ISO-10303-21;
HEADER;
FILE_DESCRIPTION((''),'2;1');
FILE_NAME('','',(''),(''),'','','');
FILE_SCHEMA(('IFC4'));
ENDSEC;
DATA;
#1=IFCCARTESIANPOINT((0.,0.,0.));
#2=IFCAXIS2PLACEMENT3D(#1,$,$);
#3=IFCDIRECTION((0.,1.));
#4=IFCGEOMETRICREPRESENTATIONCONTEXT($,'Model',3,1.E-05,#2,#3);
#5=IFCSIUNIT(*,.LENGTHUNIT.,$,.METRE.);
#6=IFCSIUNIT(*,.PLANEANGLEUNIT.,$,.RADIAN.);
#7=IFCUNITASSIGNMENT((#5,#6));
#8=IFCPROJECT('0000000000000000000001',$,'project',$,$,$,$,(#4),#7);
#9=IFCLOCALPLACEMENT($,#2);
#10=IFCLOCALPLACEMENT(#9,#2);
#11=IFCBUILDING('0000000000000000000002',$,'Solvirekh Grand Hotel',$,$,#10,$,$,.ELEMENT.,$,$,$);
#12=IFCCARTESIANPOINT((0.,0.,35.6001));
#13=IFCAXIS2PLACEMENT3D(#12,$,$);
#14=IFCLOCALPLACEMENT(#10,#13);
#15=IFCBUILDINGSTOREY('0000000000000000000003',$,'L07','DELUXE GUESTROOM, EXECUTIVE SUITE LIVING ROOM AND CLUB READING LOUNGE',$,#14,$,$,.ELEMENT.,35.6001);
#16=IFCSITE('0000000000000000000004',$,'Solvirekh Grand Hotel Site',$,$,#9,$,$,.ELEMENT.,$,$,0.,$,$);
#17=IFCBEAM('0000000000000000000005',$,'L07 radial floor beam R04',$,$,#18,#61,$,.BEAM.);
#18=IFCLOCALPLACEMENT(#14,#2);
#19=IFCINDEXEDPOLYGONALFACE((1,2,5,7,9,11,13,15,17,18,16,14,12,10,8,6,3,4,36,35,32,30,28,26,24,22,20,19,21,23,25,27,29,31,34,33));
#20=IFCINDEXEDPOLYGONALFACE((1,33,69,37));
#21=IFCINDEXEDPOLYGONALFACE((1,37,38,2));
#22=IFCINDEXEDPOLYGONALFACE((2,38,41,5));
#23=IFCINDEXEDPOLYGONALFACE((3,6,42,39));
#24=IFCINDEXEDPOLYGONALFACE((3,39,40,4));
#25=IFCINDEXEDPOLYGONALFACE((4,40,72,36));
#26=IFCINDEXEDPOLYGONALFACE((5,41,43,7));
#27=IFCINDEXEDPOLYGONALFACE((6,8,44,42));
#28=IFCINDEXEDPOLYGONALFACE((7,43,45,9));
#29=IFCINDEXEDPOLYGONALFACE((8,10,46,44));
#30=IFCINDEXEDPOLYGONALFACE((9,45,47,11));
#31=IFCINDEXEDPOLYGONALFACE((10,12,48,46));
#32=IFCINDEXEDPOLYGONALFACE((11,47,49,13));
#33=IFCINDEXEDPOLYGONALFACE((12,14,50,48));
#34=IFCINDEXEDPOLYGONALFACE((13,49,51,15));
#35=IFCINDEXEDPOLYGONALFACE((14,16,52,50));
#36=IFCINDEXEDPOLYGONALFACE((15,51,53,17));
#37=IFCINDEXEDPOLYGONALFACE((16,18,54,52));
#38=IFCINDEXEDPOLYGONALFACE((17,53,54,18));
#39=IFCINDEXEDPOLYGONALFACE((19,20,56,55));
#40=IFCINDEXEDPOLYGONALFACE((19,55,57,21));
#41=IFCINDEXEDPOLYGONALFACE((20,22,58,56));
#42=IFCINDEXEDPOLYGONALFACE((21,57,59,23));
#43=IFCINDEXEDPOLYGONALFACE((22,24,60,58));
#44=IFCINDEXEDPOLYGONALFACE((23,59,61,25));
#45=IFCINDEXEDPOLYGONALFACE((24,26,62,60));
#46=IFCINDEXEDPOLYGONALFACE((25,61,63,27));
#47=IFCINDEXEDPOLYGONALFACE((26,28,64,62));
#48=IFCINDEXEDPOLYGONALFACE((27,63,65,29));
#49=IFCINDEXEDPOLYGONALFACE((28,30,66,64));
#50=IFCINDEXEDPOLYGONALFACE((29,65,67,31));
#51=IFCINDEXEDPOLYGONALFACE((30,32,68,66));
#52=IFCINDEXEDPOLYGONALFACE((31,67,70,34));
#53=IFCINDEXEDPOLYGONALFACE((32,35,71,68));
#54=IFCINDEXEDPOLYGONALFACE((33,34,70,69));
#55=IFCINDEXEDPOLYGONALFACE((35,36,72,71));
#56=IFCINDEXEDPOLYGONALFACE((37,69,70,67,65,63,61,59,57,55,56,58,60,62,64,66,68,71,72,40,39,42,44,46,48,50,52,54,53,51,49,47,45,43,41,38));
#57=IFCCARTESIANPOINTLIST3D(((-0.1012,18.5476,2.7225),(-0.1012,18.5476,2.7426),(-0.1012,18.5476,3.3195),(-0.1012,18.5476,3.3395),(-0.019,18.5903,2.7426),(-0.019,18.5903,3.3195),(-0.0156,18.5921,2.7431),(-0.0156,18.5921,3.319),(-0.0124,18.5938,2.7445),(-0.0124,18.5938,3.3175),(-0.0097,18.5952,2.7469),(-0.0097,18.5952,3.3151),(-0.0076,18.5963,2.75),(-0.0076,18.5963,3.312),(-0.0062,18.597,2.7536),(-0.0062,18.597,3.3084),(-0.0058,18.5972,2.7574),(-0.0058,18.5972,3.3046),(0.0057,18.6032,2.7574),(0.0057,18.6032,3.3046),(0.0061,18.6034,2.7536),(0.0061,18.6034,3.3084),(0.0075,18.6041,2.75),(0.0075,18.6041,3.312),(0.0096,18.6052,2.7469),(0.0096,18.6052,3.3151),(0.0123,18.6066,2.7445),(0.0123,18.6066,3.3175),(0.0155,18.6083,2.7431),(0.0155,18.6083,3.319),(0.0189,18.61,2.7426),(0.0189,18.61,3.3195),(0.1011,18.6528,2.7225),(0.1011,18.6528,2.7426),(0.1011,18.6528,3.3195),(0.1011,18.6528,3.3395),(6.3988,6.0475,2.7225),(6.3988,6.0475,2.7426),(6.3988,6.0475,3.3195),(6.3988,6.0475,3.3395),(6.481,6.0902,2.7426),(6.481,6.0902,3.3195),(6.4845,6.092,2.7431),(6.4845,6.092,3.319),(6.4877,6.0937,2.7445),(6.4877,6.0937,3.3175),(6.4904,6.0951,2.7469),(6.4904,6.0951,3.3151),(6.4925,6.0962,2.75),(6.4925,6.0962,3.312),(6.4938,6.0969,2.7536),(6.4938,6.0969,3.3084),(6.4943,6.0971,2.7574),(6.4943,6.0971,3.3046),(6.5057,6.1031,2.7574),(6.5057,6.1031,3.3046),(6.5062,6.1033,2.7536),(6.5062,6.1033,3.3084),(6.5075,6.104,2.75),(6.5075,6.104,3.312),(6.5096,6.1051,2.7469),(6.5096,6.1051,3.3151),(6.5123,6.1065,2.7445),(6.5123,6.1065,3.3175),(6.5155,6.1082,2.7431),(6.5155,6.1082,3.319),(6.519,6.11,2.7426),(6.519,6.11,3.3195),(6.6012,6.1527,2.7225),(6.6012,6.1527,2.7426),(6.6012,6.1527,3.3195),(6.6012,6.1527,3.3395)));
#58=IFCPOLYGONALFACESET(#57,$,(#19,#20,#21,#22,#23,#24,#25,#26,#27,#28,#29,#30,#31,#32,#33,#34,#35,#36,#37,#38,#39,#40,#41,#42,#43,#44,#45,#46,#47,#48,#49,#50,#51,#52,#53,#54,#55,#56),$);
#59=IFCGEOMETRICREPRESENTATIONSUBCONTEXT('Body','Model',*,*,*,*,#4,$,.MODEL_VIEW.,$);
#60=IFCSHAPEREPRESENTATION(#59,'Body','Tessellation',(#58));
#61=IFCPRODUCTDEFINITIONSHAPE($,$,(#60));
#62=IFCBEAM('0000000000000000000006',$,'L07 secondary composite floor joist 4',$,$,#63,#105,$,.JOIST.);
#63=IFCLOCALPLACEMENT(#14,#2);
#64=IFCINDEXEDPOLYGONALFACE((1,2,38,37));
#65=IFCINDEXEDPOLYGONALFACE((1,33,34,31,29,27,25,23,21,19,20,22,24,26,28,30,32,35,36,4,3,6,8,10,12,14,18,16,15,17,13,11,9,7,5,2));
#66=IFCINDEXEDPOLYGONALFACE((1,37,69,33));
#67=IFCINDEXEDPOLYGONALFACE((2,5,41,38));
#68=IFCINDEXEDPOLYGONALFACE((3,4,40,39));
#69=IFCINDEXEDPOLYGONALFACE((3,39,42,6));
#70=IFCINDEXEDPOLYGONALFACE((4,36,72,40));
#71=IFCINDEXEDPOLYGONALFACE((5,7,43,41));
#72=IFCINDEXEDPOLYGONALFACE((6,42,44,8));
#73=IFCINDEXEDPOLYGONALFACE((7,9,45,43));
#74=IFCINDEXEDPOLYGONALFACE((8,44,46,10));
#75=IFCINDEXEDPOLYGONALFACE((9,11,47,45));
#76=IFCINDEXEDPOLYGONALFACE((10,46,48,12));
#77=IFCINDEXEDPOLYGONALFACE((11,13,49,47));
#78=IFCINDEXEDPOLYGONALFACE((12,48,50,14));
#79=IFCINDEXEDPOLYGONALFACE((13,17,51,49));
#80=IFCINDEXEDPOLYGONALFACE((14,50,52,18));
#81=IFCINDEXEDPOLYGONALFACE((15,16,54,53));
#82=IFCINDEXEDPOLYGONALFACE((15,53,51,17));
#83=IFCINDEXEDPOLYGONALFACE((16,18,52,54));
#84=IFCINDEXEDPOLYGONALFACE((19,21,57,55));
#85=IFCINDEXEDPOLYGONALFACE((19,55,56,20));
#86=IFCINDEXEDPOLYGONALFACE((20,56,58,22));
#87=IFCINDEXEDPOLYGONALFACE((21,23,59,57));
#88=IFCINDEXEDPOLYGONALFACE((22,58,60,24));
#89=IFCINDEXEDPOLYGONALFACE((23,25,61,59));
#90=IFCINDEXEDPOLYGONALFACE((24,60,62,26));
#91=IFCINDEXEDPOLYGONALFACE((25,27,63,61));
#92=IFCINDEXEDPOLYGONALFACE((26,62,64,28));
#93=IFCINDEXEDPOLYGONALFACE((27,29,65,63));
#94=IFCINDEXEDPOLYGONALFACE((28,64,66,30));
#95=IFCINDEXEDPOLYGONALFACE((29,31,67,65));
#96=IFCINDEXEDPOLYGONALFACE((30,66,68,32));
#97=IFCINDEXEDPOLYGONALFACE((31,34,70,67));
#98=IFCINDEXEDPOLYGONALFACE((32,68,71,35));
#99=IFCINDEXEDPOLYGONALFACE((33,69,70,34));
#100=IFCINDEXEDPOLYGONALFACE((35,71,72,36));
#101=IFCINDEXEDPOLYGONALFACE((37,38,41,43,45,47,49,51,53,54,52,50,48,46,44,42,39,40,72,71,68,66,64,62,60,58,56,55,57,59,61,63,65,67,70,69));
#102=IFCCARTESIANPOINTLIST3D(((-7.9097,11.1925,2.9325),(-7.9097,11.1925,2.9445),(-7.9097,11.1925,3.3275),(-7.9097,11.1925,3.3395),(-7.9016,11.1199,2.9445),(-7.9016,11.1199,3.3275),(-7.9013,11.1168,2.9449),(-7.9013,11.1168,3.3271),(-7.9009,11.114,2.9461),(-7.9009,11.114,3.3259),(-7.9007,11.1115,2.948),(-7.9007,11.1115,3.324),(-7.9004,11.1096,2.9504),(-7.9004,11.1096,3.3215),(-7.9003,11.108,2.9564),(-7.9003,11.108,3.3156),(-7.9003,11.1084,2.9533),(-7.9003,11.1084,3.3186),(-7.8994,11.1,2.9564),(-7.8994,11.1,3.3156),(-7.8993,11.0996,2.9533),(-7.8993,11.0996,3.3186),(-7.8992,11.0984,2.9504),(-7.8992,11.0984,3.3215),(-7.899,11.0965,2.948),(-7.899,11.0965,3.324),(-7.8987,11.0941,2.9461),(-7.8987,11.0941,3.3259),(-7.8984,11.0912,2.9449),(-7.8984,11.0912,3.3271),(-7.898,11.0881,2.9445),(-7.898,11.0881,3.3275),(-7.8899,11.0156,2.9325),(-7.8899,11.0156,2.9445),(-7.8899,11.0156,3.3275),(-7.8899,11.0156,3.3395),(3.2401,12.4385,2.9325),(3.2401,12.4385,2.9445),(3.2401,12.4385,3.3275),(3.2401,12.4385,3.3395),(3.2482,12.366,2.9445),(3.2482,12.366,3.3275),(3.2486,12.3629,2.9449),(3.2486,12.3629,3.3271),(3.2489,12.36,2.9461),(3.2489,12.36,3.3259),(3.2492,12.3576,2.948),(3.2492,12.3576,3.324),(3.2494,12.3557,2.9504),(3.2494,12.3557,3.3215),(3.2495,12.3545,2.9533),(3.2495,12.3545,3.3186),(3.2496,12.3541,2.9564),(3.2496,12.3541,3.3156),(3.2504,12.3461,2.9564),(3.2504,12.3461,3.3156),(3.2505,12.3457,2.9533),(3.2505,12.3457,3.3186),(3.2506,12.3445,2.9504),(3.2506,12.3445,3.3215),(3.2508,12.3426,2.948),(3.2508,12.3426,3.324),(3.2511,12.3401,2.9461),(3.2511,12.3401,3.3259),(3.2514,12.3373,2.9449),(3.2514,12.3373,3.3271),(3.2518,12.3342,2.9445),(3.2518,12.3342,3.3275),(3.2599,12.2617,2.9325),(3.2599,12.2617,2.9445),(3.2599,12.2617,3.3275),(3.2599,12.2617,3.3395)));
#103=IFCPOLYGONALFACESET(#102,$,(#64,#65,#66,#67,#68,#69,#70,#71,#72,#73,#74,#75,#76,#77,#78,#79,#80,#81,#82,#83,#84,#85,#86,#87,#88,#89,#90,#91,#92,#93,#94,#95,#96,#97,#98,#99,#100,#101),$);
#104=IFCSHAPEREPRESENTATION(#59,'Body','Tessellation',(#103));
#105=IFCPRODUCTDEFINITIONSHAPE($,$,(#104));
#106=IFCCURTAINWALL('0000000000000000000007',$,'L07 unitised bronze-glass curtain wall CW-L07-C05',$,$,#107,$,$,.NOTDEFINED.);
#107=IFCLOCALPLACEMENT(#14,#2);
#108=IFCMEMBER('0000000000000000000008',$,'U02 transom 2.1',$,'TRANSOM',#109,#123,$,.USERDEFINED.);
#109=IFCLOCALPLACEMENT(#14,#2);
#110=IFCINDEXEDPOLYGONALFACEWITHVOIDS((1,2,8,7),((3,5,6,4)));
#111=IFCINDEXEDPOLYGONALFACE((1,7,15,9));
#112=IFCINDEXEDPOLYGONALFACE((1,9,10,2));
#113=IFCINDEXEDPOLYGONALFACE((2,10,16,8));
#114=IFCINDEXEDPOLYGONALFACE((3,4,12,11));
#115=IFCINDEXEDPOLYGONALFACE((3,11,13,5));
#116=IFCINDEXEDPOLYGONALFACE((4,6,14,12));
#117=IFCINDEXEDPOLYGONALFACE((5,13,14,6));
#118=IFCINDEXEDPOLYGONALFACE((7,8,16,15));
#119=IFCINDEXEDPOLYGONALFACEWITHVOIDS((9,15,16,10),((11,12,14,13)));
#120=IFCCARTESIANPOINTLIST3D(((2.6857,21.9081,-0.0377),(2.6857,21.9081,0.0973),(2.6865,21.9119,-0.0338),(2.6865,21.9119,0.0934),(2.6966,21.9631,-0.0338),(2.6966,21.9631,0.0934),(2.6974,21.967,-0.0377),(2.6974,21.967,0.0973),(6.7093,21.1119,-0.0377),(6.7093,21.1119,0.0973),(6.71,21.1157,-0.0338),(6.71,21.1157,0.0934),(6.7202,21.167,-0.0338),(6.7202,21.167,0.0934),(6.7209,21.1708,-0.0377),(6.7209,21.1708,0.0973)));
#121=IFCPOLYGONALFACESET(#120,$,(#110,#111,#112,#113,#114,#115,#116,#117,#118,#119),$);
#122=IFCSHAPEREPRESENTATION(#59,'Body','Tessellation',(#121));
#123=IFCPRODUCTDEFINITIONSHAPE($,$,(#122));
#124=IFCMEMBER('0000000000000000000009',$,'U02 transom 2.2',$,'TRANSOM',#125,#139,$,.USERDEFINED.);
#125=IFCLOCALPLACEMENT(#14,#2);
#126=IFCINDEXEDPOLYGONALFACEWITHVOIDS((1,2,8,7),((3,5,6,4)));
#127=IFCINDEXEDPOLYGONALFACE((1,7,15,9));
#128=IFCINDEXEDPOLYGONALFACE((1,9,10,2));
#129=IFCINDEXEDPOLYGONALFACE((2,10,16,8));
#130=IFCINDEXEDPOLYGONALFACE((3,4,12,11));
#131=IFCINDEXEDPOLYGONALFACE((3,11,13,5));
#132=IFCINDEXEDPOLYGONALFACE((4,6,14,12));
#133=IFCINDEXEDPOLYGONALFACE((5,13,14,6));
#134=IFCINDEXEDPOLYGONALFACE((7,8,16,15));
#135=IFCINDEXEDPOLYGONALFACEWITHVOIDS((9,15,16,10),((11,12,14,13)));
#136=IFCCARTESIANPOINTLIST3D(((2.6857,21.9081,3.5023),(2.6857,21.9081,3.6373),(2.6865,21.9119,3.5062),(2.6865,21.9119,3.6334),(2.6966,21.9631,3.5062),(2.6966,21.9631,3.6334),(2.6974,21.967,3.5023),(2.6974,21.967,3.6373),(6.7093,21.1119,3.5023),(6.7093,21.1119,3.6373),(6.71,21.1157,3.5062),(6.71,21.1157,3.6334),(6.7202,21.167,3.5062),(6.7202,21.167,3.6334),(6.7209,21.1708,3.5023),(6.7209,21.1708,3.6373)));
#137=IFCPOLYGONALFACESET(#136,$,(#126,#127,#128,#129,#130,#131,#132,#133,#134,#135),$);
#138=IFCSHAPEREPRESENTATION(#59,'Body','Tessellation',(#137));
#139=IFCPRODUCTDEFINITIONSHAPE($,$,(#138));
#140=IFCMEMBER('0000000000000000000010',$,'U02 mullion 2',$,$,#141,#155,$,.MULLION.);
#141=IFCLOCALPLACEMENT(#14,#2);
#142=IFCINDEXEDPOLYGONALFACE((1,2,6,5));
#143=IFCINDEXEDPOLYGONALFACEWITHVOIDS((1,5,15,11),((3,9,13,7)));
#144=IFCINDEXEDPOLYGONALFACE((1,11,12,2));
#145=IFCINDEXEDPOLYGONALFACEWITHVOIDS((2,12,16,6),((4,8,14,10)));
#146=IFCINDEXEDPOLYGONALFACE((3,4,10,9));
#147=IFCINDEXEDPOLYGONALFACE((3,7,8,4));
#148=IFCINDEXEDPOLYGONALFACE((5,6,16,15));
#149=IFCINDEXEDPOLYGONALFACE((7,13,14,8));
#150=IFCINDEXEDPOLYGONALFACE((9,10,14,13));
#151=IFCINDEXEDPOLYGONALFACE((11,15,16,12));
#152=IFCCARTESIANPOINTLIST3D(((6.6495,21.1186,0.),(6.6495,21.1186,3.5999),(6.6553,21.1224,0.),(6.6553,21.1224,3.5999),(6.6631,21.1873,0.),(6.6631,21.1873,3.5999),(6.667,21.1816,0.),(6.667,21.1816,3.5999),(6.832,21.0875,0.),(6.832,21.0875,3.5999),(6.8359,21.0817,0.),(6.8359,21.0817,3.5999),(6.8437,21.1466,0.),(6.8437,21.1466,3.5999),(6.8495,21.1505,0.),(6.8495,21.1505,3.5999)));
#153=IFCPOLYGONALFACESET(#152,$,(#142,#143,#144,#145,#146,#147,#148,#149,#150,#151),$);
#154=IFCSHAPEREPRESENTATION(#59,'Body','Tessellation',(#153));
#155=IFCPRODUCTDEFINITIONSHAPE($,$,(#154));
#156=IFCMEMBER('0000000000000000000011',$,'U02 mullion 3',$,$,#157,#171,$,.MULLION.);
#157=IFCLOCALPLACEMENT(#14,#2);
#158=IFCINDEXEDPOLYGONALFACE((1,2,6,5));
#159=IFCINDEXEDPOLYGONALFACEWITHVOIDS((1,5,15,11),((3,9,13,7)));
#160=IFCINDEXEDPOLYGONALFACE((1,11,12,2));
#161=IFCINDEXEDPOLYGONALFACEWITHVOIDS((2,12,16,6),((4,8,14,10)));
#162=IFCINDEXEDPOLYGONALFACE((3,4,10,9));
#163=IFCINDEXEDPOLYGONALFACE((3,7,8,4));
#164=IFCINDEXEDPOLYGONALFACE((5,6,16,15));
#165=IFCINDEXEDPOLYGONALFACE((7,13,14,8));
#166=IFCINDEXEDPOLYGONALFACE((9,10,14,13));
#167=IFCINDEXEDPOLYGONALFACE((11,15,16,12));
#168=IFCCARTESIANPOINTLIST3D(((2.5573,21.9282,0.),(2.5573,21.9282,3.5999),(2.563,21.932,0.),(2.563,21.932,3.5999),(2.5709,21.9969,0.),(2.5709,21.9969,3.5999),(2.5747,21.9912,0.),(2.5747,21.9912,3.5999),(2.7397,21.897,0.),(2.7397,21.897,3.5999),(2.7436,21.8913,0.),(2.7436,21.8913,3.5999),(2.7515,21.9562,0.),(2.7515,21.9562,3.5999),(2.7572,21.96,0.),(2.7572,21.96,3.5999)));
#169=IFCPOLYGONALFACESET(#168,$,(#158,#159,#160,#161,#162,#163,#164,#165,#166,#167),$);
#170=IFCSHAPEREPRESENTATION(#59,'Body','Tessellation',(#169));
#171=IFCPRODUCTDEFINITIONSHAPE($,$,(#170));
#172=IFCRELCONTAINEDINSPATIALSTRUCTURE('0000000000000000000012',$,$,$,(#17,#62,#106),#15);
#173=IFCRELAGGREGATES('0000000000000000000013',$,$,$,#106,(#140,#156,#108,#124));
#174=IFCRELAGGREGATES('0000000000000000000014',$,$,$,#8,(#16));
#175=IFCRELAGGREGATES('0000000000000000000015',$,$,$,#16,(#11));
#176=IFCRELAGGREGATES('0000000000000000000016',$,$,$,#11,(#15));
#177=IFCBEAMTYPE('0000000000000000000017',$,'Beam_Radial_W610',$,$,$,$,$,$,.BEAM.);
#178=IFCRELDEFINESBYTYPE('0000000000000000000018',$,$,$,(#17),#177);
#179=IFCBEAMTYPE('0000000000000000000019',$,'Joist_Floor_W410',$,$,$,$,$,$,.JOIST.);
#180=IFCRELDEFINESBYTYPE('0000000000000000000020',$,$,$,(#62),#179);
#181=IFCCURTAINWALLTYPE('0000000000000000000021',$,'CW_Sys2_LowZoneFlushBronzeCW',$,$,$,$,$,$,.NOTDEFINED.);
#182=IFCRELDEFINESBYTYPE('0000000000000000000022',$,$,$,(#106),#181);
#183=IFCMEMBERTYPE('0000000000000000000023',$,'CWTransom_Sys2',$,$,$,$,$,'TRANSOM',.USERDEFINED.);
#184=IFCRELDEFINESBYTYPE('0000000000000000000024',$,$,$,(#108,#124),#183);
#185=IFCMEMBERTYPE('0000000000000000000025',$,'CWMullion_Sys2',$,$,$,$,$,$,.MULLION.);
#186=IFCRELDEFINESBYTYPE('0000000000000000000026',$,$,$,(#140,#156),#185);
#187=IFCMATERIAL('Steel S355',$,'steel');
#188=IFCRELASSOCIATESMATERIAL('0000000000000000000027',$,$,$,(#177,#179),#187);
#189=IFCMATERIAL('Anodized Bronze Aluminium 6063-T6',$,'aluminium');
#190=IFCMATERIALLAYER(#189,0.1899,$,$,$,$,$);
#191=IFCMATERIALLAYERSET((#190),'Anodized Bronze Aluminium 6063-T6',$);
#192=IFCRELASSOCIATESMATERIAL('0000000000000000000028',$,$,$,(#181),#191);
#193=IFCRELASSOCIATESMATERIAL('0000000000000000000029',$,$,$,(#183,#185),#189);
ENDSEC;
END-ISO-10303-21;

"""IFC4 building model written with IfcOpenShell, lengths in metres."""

from ifc_helpers import new_model, si_unit, direction, frame, origin, origin_2d, place, context, subcontext, project, spatial, hollow_rectangle, i_section, extrude, source, transform, mapped, material, layer, layer_set, material_profile, profile_set, type_object, element, aggregate, save


model = new_model("IFC4")

# Units and contexts
model_context = context("Model", 3, precision=1e-05, world=origin(), true_north=direction((0.0, 1.0)))
body_context = subcontext(model_context, "Body", "Model", "MODEL_VIEW")
ifc_project = project(units=[si_unit("LENGTHUNIT", "METRE"), si_unit("PLANEANGLEUNIT", "RADIAN")], contexts=[model_context])

# Site, building, storey
site_placement = place(None, origin())
site = spatial("IfcSite", under=ifc_project, at=site_placement, Name="Solvirekh Grand Hotel Site", CompositionType="ELEMENT", RefElevation=0.0)
building_placement = place(site_placement, origin())
building = spatial("IfcBuilding", under=site, at=building_placement, Name="Solvirekh Grand Hotel", CompositionType="ELEMENT")
storey_placement = place(building_placement, frame((0.0, 0.0, 35.6001)))
storey = spatial("IfcBuildingStorey", under=building, at=storey_placement, Name="L07", Description="DELUXE GUESTROOM, EXECUTIVE SUITE LIVING ROOM AND CLUB READING LOUNGE", CompositionType="ELEMENT", Elevation=35.6001)

# Beams
ifc_material_1 = material(Name="Steel S355", Category="steel")
ifc_material_profile_1 = material_profile(ifc_material_1, i_section(OverallWidth=0.228, OverallDepth=0.6169, WebThickness=0.0129, FlangeThickness=0.02, FilletRadius=0.0149, at=origin_2d()), Name="W610X140")
ifc_profile_set_1 = profile_set([ifc_material_profile_1], Name="Steel S355")
beam_type_1 = type_object("IfcBeamType", Name="Beam_Radial_W610", PredefinedType="BEAM", material=ifc_profile_set_1)
beam_1_placement = place(storey_placement, frame((6.5, 6.1001, 3.031), z_axis=(-0.461353, 0.887217, 0.0), x_axis=(-0.887217, -0.461353, 0.0)))
element("IfcBeam", 1, at=beam_1_placement, inside=storey, type_object=beam_type_1, Name="L07 radial floor beam R04", PredefinedType="BEAM", context=body_context, shape_type="SweptSolid", body=[
    extrude(i_section(OverallWidth=0.228, OverallDepth=0.6169, WebThickness=0.0129, FlangeThickness=0.02, FilletRadius=0.0149, at=origin_2d()), origin(), (0.0, 0.0, 1.0), 14.0891),
])
ifc_material_profile_2 = material_profile(ifc_material_1, i_section(OverallWidth=0.178, OverallDepth=0.407, WebThickness=0.0081, FlangeThickness=0.012, FilletRadius=0.012, at=origin_2d()), Name="W410X60")
ifc_profile_set_2 = profile_set([ifc_material_profile_2], Name="Steel S355")
beam_type_2 = type_object("IfcBeamType", Name="Joist_Floor_W410", PredefinedType="JOIST", material=ifc_profile_set_2)
beam_2_placement = place(storey_placement, frame((3.25, 12.3501, 3.136), z_axis=(-0.993813, -0.111067, 0.0), x_axis=(0.111067, -0.993813, 0.0)))
element("IfcBeam", 2, at=beam_2_placement, inside=storey, type_object=beam_type_2, Name="L07 secondary composite floor joist 4", PredefinedType="JOIST", context=body_context, shape_type="SweptSolid", body=[
    extrude(i_section(OverallWidth=0.178, OverallDepth=0.407, WebThickness=0.0081, FlangeThickness=0.012, FilletRadius=0.012, at=origin_2d()), origin(), (0.0, 0.0, 1.0), 11.2192),
])

# Curtain wall, members
ifc_material_2 = material(Name="Anodized Bronze Aluminium 6063-T6", Category="aluminium")
ifc_layer_1 = layer(ifc_material_2, 0.1899)
ifc_layer_set_1 = layer_set([ifc_layer_1], Name="Anodized Bronze Aluminium 6063-T6")
curtain_wall_type = type_object("IfcCurtainWallType", Name="CW_Sys2_LowZoneFlushBronzeCW", PredefinedType="NOTDEFINED", material=ifc_layer_set_1)
curtain_wall_placement = place(storey_placement, origin())
curtain_wall = element("IfcCurtainWall", 3, at=curtain_wall_placement, inside=storey, type_object=curtain_wall_type, Name="L07 unitised bronze-glass curtain wall CW-L07-C05", PredefinedType="NOTDEFINED")
ifc_material_profile_3 = material_profile(ifc_material_2, hollow_rectangle(XDim=0.0601, YDim=0.135, WallThickness=0.0039, at=origin_2d()), Name="ALU RHS 135X60X4")
ifc_profile_set_3 = profile_set([ifc_material_profile_3], Name="Anodized Bronze Aluminium 6063-T6")
member_type_1 = type_object("IfcMemberType", Name="CWTransom_Sys2", ElementType="TRANSOM", PredefinedType="USERDEFINED", material=ifc_profile_set_3)
shared_shape_1 = source(origin(), body_context, "Body", "SweptSolid", [
    extrude(hollow_rectangle(XDim=0.0601, YDim=0.135, WallThickness=0.0039, at=origin_2d()), origin(), (0.0, 0.0, 1.0), 4.1016),
])
member_1_placement = place(storey_placement, frame((6.7151, 21.1414, 0.0298), z_axis=(-0.980979, 0.194112, 0.0), x_axis=(-0.194112, -0.980979, 0.0)))
member_1 = element("IfcMember", 4, at=member_1_placement, type_object=member_type_1, Name="U02 transom 2.1", ObjectType="TRANSOM", PredefinedType="USERDEFINED", context=body_context, shape_type="MappedRepresentation", body=[
    mapped(shared_shape_1, transform((0.0, 0.0, 0.0), x_axis=(1.0, 0.0, 0.0), y_axis=(0.0, 1.0, 0.0), z_axis=(0.0, 0.0, 1.0), scale=1.0)),
])
member_2_placement = place(storey_placement, frame((6.7151, 21.1414, 3.5698), z_axis=(-0.980979, 0.194112, 0.0), x_axis=(-0.194112, -0.980979, 0.0)))
member_2 = element("IfcMember", 5, at=member_2_placement, type_object=member_type_1, Name="U02 transom 2.2", ObjectType="TRANSOM", PredefinedType="USERDEFINED", context=body_context, shape_type="MappedRepresentation", body=[
    mapped(shared_shape_1, transform((0.0, 0.0, 0.0), x_axis=(1.0, 0.0, 0.0), y_axis=(0.0, 1.0, 0.0), z_axis=(0.0, 0.0, 1.0), scale=1.0)),
])
ifc_material_profile_4 = material_profile(ifc_material_2, hollow_rectangle(XDim=0.0701, YDim=0.1899, WallThickness=0.0049, at=origin_2d()), Name="ALU RHS 190X70X5")
ifc_profile_set_4 = profile_set([ifc_material_profile_4], Name="Anodized Bronze Aluminium 6063-T6")
member_type_2 = type_object("IfcMemberType", Name="CWMullion_Sys2", PredefinedType="MULLION", material=ifc_profile_set_4)
shared_shape_2 = source(origin(), body_context, "Body", "SweptSolid", [
    extrude(hollow_rectangle(XDim=0.0701, YDim=0.1899, WallThickness=0.0049, at=origin_2d()), origin(), (0.0, 0.0, 1.0), 3.5999),
])
member_3_placement = place(storey_placement, frame((6.7495, 21.1345, 0.0), z_axis=(0.0, 0.0, 1.0), x_axis=(-0.194104, -0.980981, 0.0)))
member_3 = element("IfcMember", 6, at=member_3_placement, type_object=member_type_2, Name="U02 mullion 2", PredefinedType="MULLION", context=body_context, shape_type="MappedRepresentation", body=[
    mapped(shared_shape_2, transform((0.0, 0.0, 0.0), x_axis=(1.0, 0.0, 0.0), y_axis=(0.0, 1.0, 0.0), z_axis=(0.0, 0.0, 1.0), scale=1.0)),
])
member_4_placement = place(storey_placement, frame((2.6572, 21.9441, 0.0), z_axis=(0.0, 0.0, 1.0), x_axis=(-0.194104, -0.980981, 0.0)))
member_4 = element("IfcMember", 7, at=member_4_placement, type_object=member_type_2, Name="U02 mullion 3", PredefinedType="MULLION", context=body_context, shape_type="MappedRepresentation", body=[
    mapped(shared_shape_2, transform((0.0, 0.0, 0.0), x_axis=(1.0, 0.0, 0.0), y_axis=(0.0, 1.0, 0.0), z_axis=(0.0, 0.0, 1.0), scale=1.0)),
])
aggregate(curtain_wall, [member_3, member_4, member_1, member_2])

save(model, "model.ifc")
